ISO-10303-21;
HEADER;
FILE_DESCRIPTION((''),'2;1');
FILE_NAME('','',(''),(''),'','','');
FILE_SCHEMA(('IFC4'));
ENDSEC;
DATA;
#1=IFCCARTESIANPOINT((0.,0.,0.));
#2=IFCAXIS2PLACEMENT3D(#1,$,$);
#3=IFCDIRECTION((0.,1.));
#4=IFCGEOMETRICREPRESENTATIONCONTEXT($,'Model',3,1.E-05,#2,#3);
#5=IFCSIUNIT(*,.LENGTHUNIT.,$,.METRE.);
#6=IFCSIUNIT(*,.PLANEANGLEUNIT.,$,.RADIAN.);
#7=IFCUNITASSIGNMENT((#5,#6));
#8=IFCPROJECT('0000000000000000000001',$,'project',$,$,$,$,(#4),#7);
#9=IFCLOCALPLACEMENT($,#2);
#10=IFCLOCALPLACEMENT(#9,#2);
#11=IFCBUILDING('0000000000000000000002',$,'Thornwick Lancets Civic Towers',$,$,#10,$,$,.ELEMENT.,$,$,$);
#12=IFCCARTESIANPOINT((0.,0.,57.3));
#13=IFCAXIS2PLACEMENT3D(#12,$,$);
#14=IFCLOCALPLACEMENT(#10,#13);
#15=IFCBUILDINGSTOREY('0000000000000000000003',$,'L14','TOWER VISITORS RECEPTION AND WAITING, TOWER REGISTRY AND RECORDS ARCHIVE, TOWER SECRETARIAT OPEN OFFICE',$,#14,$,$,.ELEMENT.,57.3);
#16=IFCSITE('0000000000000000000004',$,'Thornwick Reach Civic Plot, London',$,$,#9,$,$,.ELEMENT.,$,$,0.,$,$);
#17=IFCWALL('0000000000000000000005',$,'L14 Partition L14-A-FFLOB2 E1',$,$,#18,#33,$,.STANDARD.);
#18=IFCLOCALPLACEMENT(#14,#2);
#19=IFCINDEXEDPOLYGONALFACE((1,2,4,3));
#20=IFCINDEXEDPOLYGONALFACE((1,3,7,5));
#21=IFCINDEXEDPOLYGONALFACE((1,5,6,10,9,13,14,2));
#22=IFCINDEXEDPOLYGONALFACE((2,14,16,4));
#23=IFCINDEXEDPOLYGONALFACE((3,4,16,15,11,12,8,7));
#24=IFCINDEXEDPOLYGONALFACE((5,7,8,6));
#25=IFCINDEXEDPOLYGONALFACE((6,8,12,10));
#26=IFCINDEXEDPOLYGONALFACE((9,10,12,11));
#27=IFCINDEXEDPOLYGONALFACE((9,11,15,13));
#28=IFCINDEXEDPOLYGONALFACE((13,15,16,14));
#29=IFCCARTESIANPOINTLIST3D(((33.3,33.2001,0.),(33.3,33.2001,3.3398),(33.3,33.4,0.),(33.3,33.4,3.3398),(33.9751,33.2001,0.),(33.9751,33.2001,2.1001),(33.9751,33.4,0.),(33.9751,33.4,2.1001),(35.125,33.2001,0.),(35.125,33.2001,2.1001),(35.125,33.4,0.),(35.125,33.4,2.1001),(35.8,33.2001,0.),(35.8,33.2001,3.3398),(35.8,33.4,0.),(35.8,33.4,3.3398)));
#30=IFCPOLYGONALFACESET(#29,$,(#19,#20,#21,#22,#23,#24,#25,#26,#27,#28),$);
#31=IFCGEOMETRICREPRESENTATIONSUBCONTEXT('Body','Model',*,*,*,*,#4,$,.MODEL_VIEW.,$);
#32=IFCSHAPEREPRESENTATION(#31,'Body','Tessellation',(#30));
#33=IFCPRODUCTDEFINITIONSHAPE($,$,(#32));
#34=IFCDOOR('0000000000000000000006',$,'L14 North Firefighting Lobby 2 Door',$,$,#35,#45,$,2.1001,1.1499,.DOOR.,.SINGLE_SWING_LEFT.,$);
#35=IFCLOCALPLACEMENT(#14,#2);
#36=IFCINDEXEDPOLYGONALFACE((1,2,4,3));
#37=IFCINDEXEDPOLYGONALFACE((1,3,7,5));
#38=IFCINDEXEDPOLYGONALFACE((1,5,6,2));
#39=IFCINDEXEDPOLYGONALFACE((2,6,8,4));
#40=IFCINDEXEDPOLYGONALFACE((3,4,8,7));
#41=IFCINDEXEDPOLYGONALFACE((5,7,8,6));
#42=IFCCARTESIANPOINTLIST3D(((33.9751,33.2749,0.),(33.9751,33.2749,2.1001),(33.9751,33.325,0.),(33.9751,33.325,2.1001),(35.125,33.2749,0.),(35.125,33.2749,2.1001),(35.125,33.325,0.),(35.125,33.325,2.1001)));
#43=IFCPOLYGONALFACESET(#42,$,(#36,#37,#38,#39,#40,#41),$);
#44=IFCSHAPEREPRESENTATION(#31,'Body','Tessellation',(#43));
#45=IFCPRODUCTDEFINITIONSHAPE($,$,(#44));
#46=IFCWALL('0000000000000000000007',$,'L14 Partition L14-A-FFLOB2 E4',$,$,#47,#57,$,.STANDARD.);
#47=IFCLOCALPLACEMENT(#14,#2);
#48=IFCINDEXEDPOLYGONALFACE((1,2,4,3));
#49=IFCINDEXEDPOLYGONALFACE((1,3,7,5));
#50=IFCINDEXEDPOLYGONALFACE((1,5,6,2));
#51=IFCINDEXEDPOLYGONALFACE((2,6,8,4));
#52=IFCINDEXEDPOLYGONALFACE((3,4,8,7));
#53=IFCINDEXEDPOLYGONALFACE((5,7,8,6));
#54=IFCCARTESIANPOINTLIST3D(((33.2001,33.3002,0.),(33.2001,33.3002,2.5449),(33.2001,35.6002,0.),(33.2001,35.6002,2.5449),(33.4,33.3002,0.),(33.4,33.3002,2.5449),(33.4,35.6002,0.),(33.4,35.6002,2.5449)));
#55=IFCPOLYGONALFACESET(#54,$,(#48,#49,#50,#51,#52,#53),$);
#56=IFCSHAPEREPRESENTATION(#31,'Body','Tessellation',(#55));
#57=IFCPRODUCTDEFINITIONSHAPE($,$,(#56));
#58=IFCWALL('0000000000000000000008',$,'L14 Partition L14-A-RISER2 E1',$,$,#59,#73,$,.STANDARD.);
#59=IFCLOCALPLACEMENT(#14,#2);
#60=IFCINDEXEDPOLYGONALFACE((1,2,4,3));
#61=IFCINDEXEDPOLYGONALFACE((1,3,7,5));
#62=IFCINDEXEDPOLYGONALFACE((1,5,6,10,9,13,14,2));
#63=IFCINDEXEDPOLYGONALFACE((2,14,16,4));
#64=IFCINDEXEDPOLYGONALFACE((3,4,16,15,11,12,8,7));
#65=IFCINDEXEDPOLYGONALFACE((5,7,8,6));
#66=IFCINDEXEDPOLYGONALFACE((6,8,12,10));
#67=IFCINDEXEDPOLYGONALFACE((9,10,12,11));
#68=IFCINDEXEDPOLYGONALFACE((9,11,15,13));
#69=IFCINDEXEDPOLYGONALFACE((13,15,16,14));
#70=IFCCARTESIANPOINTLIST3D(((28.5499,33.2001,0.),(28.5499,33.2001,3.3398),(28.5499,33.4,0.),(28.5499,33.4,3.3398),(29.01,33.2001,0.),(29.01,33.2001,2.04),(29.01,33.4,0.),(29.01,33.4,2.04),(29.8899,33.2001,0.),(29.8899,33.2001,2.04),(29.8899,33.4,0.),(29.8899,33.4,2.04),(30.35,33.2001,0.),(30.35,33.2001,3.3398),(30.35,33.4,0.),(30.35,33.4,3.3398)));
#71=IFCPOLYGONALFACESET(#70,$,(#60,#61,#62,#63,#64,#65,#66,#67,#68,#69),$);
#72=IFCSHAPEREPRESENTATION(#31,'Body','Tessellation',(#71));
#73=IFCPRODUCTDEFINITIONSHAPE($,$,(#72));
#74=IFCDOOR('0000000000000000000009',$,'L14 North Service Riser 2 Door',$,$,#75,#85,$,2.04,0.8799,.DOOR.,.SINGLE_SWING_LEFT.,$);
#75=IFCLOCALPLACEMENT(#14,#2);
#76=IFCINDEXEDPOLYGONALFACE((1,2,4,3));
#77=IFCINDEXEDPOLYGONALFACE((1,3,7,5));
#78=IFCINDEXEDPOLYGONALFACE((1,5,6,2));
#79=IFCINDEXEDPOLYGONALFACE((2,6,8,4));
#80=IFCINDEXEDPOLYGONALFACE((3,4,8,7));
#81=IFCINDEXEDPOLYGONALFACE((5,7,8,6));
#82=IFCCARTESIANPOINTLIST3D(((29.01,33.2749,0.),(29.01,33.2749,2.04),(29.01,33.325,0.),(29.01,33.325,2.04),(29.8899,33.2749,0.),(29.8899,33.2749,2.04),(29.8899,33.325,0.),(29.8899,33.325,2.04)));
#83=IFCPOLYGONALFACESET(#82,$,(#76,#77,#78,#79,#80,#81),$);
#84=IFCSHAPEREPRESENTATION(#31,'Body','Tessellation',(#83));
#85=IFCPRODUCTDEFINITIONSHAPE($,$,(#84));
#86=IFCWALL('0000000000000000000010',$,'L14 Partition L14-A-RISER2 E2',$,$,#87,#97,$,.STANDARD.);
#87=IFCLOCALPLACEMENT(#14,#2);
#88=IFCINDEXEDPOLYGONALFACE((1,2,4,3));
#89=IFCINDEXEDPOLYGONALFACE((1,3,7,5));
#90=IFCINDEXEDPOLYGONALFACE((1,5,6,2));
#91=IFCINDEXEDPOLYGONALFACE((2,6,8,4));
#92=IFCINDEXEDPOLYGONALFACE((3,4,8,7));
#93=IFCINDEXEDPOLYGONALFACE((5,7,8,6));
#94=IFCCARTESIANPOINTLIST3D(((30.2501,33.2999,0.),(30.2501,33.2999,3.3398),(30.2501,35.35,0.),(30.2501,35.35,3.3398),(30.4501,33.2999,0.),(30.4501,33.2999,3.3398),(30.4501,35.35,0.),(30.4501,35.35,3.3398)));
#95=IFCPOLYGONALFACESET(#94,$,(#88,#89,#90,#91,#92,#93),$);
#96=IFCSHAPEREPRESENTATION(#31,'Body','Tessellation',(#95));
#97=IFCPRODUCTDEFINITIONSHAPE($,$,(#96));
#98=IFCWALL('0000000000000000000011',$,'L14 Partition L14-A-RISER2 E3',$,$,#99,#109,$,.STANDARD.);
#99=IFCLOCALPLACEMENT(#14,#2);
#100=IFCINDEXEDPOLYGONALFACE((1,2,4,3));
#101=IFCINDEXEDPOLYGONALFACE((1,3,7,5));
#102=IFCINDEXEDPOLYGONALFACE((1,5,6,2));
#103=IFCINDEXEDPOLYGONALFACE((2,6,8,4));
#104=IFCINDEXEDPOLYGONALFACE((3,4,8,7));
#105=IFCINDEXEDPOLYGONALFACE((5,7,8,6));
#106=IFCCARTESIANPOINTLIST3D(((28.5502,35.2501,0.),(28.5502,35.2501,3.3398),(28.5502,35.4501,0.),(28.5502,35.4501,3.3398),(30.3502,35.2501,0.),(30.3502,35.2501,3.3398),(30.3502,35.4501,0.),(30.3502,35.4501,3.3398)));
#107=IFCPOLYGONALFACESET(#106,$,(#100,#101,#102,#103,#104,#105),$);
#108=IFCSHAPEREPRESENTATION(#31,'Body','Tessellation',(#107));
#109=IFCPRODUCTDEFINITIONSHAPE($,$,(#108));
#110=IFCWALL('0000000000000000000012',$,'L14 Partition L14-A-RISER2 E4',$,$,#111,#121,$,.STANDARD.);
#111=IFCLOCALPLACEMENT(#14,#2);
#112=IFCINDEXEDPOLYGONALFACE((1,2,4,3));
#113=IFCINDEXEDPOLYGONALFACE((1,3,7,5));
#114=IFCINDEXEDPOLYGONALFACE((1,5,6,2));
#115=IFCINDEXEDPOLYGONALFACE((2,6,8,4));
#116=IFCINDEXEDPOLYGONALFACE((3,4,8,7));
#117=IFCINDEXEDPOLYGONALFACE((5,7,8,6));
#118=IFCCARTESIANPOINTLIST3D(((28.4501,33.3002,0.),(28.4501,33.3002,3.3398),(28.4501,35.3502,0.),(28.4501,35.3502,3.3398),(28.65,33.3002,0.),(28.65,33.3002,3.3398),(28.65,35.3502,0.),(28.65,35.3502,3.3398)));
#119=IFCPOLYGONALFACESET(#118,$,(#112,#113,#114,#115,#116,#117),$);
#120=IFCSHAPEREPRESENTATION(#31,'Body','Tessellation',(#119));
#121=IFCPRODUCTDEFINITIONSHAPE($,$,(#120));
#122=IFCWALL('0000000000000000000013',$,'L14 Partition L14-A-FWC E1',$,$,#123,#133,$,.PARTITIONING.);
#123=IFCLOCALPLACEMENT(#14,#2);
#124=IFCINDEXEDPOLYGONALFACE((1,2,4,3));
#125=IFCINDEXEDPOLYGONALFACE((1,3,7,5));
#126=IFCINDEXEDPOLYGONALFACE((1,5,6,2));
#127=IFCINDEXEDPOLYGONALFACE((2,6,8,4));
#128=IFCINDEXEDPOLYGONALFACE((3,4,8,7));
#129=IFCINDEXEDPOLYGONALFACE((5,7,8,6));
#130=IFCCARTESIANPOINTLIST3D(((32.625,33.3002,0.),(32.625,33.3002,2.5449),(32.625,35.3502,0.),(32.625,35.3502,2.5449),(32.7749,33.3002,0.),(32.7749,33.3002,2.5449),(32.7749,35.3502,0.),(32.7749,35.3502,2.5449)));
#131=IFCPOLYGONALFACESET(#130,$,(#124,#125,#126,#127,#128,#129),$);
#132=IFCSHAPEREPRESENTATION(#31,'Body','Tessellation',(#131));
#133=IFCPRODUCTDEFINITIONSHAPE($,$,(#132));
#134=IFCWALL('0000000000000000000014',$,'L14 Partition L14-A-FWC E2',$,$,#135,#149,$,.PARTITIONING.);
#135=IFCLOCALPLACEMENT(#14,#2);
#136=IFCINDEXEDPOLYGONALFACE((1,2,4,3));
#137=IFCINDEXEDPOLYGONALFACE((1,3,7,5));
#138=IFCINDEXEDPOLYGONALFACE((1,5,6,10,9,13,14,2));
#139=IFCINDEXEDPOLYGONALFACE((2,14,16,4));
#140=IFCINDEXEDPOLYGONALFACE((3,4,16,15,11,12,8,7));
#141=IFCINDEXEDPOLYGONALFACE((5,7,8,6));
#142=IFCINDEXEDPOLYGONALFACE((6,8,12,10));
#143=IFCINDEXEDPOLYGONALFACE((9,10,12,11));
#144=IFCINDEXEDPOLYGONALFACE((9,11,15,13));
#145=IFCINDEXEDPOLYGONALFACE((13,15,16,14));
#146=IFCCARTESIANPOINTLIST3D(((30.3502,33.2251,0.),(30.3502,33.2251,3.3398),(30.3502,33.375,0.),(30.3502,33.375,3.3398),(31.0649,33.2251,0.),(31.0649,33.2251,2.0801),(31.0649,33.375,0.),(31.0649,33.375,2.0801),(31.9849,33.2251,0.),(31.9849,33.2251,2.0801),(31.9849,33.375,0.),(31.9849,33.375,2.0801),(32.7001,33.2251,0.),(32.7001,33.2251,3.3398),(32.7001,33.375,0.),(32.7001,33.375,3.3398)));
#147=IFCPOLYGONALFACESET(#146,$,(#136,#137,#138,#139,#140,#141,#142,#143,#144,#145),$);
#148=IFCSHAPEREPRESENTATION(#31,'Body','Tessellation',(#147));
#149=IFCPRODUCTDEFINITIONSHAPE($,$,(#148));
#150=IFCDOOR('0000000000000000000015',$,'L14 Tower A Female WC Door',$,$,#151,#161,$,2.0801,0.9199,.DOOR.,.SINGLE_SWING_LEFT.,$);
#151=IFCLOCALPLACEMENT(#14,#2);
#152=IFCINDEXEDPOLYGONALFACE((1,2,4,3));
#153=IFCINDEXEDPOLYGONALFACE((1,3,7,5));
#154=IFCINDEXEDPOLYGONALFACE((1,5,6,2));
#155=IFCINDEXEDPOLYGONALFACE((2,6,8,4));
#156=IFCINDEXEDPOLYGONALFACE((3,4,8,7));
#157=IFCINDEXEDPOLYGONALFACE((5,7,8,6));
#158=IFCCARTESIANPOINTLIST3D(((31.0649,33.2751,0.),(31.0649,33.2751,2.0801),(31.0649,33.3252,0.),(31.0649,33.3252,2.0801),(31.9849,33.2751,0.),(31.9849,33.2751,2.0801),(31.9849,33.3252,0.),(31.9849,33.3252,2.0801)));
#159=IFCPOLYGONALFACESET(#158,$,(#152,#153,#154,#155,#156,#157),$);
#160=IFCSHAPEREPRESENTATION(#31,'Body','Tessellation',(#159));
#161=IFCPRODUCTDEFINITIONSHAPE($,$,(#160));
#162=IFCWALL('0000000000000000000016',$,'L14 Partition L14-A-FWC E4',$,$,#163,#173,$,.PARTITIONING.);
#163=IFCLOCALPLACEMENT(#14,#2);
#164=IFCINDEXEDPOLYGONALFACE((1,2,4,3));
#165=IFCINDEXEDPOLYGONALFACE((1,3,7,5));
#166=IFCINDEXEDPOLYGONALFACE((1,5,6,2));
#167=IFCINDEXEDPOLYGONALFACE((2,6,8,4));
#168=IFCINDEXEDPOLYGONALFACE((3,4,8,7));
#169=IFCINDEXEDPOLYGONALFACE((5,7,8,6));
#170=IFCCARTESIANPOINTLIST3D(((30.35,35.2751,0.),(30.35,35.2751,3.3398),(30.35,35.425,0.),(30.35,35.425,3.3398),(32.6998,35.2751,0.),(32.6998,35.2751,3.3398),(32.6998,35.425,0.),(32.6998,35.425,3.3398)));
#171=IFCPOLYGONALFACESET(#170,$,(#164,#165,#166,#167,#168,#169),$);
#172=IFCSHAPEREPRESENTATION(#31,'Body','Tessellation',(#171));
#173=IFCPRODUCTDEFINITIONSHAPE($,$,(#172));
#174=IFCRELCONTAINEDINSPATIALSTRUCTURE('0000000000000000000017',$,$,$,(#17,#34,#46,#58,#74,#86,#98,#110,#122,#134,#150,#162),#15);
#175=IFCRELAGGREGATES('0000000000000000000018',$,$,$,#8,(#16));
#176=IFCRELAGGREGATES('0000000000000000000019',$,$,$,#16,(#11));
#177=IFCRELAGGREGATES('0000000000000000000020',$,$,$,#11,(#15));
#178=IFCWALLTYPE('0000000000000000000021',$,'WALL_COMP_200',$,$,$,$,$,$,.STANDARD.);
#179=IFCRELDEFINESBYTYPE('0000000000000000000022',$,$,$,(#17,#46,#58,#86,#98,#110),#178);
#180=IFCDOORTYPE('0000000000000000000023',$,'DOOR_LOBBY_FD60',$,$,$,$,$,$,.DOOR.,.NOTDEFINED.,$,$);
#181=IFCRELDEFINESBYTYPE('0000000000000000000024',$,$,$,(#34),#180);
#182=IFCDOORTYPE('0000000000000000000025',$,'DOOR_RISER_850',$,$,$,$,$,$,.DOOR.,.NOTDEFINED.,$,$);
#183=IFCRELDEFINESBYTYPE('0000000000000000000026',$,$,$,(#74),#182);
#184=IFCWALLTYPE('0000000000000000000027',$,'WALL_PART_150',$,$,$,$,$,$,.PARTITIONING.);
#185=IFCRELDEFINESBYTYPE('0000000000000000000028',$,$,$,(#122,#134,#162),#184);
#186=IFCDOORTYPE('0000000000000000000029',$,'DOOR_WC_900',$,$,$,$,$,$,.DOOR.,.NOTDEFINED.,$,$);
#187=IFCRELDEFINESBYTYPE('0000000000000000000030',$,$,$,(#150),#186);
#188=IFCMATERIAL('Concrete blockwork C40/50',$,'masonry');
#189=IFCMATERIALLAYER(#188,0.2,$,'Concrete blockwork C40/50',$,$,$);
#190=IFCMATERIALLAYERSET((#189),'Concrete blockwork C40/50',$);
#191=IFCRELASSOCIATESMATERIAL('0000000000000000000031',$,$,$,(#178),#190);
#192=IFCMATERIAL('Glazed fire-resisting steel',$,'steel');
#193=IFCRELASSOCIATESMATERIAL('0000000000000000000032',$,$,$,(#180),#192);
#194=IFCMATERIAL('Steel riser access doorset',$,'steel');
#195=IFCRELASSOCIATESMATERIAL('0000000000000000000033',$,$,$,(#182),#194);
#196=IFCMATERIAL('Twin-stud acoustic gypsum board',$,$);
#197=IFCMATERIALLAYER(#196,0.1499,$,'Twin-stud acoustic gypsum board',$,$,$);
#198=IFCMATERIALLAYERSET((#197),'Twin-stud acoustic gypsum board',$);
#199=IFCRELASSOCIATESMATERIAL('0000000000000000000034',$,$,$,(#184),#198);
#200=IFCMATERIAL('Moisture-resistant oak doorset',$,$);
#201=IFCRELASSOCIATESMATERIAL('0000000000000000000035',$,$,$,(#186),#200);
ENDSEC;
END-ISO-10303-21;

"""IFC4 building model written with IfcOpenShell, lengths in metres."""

from ifc_helpers import new_model, si_unit, direction, frame, frame_2d, origin, place, context, subcontext, project, spatial, rectangle, extrude, material, layer, layer_set, type_object, element, fill, save


model = new_model("IFC4")

# Units and contexts
model_context = context("Model", 3, precision=1e-05, world=origin(), true_north=direction((0.0, 1.0)))
body_context = subcontext(model_context, "Body", "Model", "MODEL_VIEW")
ifc_project = project(units=[si_unit("LENGTHUNIT", "METRE"), si_unit("PLANEANGLEUNIT", "RADIAN")], contexts=[model_context])

# Site, building, storey
site_placement = place(None, origin())
site = spatial("IfcSite", under=ifc_project, at=site_placement, Name="Thornwick Reach Civic Plot, London", CompositionType="ELEMENT", RefElevation=0.0)
building_placement = place(site_placement, origin())
building = spatial("IfcBuilding", under=site, at=building_placement, Name="Thornwick Lancets Civic Towers", CompositionType="ELEMENT")
storey_placement = place(building_placement, frame((0.0, 0.0, 57.3)))
storey = spatial("IfcBuildingStorey", under=building, at=storey_placement, Name="L14", Description="TOWER VISITORS RECEPTION AND WAITING, TOWER REGISTRY AND RECORDS ARCHIVE, TOWER SECRETARIAT OPEN OFFICE", CompositionType="ELEMENT", Elevation=57.3)

# Shared definitions
ifc_material_1 = material(Name="Concrete blockwork C40/50", Category="masonry")
ifc_layer_1 = layer(ifc_material_1, 0.2, Name="Concrete blockwork C40/50")
ifc_layer_set_1 = layer_set([ifc_layer_1], Name="Concrete blockwork C40/50")
wall_type_1 = type_object("IfcWallType", Name="WALL_COMP_200", PredefinedType="STANDARD", material=ifc_layer_set_1)

# Wall, opening, door
wall_1_placement = place(storey_placement, frame((33.3, 33.3, 0.0), z_axis=(0.0, 0.0, 1.0), x_axis=(1.0, 0.0, 0.0)))
wall_1 = element("IfcWall", 1, at=wall_1_placement, inside=storey, type_object=wall_type_1, Name="L14 Partition L14-A-FFLOB2 E1", PredefinedType="STANDARD", context=body_context, shape_type="SweptSolid", body=[
    extrude(rectangle(XDim=2.5, YDim=0.2, at=frame_2d((1.25, 0.0))), origin(), (0.0, 0.0, 1.0), 3.3398),
])
opening_1_placement = place(wall_1_placement, frame((0.675, 0.0, 0.0)))
opening_1 = element("IfcOpeningElement", 2, at=opening_1_placement, cuts=wall_1, PredefinedType="OPENING", context=body_context, shape_type="SweptSolid", body=[
    extrude(rectangle(XDim=1.1499, YDim=2.1001, at=frame_2d((0.575, 1.05))), frame((0.0, 0.1099, 0.0), z_axis=(0.0, -1.0, 0.0), x_axis=(1.0, 0.0, 0.0)), (0.0, 0.0, 1.0), 0.22),
])
ifc_material_2 = material(Name="Glazed fire-resisting steel", Category="steel")
door_type_1 = type_object("IfcDoorType", Name="DOOR_LOBBY_FD60", OperationType="NOTDEFINED", PredefinedType="DOOR", material=ifc_material_2)
door_1_placement = place(opening_1_placement, origin())
door_1 = element("IfcDoor", 3, at=door_1_placement, inside=storey, type_object=door_type_1, Name="L14 North Firefighting Lobby 2 Door", OperationType="SINGLE_SWING_LEFT", OverallHeight=2.1001, OverallWidth=1.1499, PredefinedType="DOOR", context=body_context, shape_type="SweptSolid", body=[
    extrude(rectangle(XDim=1.1499, YDim=2.1001, at=frame_2d((0.575, 1.05))), frame((0.0, 0.0249, 0.0), z_axis=(0.0, -1.0, 0.0), x_axis=(1.0, 0.0, 0.0)), (0.0, 0.0, 1.0), 0.05),
])
fill(opening_1, door_1)

# Wall
wall_2_placement = place(storey_placement, frame((33.3, 35.6001, 0.0), z_axis=(0.0, 0.0, 1.0), x_axis=(0.0, -1.0, 0.0)))
element("IfcWall", 4, at=wall_2_placement, inside=storey, type_object=wall_type_1, Name="L14 Partition L14-A-FFLOB2 E4", PredefinedType="STANDARD", context=body_context, shape_type="SweptSolid", body=[
    extrude(rectangle(XDim=2.3, YDim=0.2, at=frame_2d((1.1499, 0.0))), origin(), (0.0, 0.0, 1.0), 2.5449),
])

# Wall, opening, door
wall_3_placement = place(storey_placement, frame((28.55, 33.3, 0.0), z_axis=(0.0, 0.0, 1.0), x_axis=(1.0, 0.0, 0.0)))
wall_3 = element("IfcWall", 5, at=wall_3_placement, inside=storey, type_object=wall_type_1, Name="L14 Partition L14-A-RISER2 E1", PredefinedType="STANDARD", context=body_context, shape_type="SweptSolid", body=[
    extrude(rectangle(XDim=1.8, YDim=0.2, at=frame_2d((0.8999, 0.0))), origin(), (0.0, 0.0, 1.0), 3.3398),
])
opening_2_placement = place(wall_3_placement, frame((0.46, 0.0, 0.0)))
opening_2 = element("IfcOpeningElement", 6, at=opening_2_placement, cuts=wall_3, PredefinedType="OPENING", context=body_context, shape_type="SweptSolid", body=[
    extrude(rectangle(XDim=0.8799, YDim=2.04, at=frame_2d((0.4399, 1.02))), frame((0.0, 0.1099, 0.0), z_axis=(0.0, -1.0, 0.0), x_axis=(1.0, 0.0, 0.0)), (0.0, 0.0, 1.0), 0.22),
])
ifc_material_3 = material(Name="Steel riser access doorset", Category="steel")
door_type_2 = type_object("IfcDoorType", Name="DOOR_RISER_850", OperationType="NOTDEFINED", PredefinedType="DOOR", material=ifc_material_3)
door_2_placement = place(opening_2_placement, origin())
door_2 = element("IfcDoor", 7, at=door_2_placement, inside=storey, type_object=door_type_2, Name="L14 North Service Riser 2 Door", OperationType="SINGLE_SWING_LEFT", OverallHeight=2.04, OverallWidth=0.8799, PredefinedType="DOOR", context=body_context, shape_type="SweptSolid", body=[
    extrude(rectangle(XDim=0.8799, YDim=2.04, at=frame_2d((0.4399, 1.02))), frame((0.0, 0.0249, 0.0), z_axis=(0.0, -1.0, 0.0), x_axis=(1.0, 0.0, 0.0)), (0.0, 0.0, 1.0), 0.05),
])
fill(opening_2, door_2)

# Walls
wall_4_placement = place(storey_placement, frame((30.3501, 33.3, 0.0), z_axis=(0.0, 0.0, 1.0), x_axis=(0.0, 1.0, 0.0)))
element("IfcWall", 8, at=wall_4_placement, inside=storey, type_object=wall_type_1, Name="L14 Partition L14-A-RISER2 E2", PredefinedType="STANDARD", context=body_context, shape_type="SweptSolid", body=[
    extrude(rectangle(XDim=2.05, YDim=0.2, at=frame_2d((1.0249, 0.0))), origin(), (0.0, 0.0, 1.0), 3.3398),
])
wall_5_placement = place(storey_placement, frame((30.3501, 35.3501, 0.0), z_axis=(0.0, 0.0, 1.0), x_axis=(-1.0, 0.0, 0.0)))
element("IfcWall", 9, at=wall_5_placement, inside=storey, type_object=wall_type_1, Name="L14 Partition L14-A-RISER2 E3", PredefinedType="STANDARD", context=body_context, shape_type="SweptSolid", body=[
    extrude(rectangle(XDim=1.8, YDim=0.2, at=frame_2d((0.8999, 0.0))), origin(), (0.0, 0.0, 1.0), 3.3398),
])
wall_6_placement = place(storey_placement, frame((28.55, 35.3501, 0.0), z_axis=(0.0, 0.0, 1.0), x_axis=(0.0, -1.0, 0.0)))
element("IfcWall", 10, at=wall_6_placement, inside=storey, type_object=wall_type_1, Name="L14 Partition L14-A-RISER2 E4", PredefinedType="STANDARD", context=body_context, shape_type="SweptSolid", body=[
    extrude(rectangle(XDim=2.05, YDim=0.2, at=frame_2d((1.0249, 0.0))), origin(), (0.0, 0.0, 1.0), 3.3398),
])
ifc_material_4 = material(Name="Twin-stud acoustic gypsum board")
ifc_layer_2 = layer(ifc_material_4, 0.1499, Name="Twin-stud acoustic gypsum board")
ifc_layer_set_2 = layer_set([ifc_layer_2], Name="Twin-stud acoustic gypsum board")
wall_type_2 = type_object("IfcWallType", Name="WALL_PART_150", PredefinedType="PARTITIONING", material=ifc_layer_set_2)
wall_7_placement = place(storey_placement, frame((32.7, 35.3501, 0.0), z_axis=(0.0, 0.0, 1.0), x_axis=(0.0, -1.0, 0.0)))
element("IfcWall", 11, at=wall_7_placement, inside=storey, type_object=wall_type_2, Name="L14 Partition L14-A-FWC E1", PredefinedType="PARTITIONING", context=body_context, shape_type="SweptSolid", body=[
    extrude(rectangle(XDim=2.05, YDim=0.1499, at=frame_2d((1.0249, 0.0))), origin(), (0.0, 0.0, 1.0), 2.5449),
])

# Wall, opening, door
wall_8_placement = place(storey_placement, frame((32.7, 33.3, 0.0), z_axis=(0.0, 0.0, 1.0), x_axis=(-1.0, 0.0, 0.0)))
wall_8 = element("IfcWall", 12, at=wall_8_placement, inside=storey, type_object=wall_type_2, Name="L14 Partition L14-A-FWC E2", PredefinedType="PARTITIONING", context=body_context, shape_type="SweptSolid", body=[
    extrude(rectangle(XDim=2.3499, YDim=0.1499, at=frame_2d((1.1748, 0.0))), origin(), (0.0, 0.0, 1.0), 3.3398),
])
opening_3_placement = place(wall_8_placement, frame((0.7151, 0.0, 0.0)))
opening_3 = element("IfcOpeningElement", 13, at=opening_3_placement, cuts=wall_8, PredefinedType="OPENING", context=body_context, shape_type="SweptSolid", body=[
    extrude(rectangle(XDim=0.9199, YDim=2.0801, at=frame_2d((0.46, 1.04))), frame((0.0, 0.085, 0.0), z_axis=(0.0, -1.0, 0.0), x_axis=(1.0, 0.0, 0.0)), (0.0, 0.0, 1.0), 0.1699),
])
ifc_material_5 = material(Name="Moisture-resistant oak doorset")
door_type_3 = type_object("IfcDoorType", Name="DOOR_WC_900", OperationType="NOTDEFINED", PredefinedType="DOOR", material=ifc_material_5)
door_3_placement = place(opening_3_placement, origin())
door_3 = element("IfcDoor", 14, at=door_3_placement, inside=storey, type_object=door_type_3, Name="L14 Tower A Female WC Door", OperationType="SINGLE_SWING_LEFT", OverallHeight=2.0801, OverallWidth=0.9199, PredefinedType="DOOR", context=body_context, shape_type="SweptSolid", body=[
    extrude(rectangle(XDim=0.9199, YDim=2.0801, at=frame_2d((0.46, 1.04))), frame((0.0, 0.0249, 0.0), z_axis=(0.0, -1.0, 0.0), x_axis=(1.0, 0.0, 0.0)), (0.0, 0.0, 1.0), 0.05),
])
fill(opening_3, door_3)

# Wall
wall_9_placement = place(storey_placement, frame((30.3501, 35.3501, 0.0), z_axis=(0.0, 0.0, 1.0), x_axis=(1.0, 0.0, 0.0)))
element("IfcWall", 15, at=wall_9_placement, inside=storey, type_object=wall_type_2, Name="L14 Partition L14-A-FWC E4", PredefinedType="PARTITIONING", context=body_context, shape_type="SweptSolid", body=[
    extrude(rectangle(XDim=2.3499, YDim=0.1499, at=frame_2d((1.1748, 0.0))), origin(), (0.0, 0.0, 1.0), 3.3398),
])

save(model, "model.ifc")
